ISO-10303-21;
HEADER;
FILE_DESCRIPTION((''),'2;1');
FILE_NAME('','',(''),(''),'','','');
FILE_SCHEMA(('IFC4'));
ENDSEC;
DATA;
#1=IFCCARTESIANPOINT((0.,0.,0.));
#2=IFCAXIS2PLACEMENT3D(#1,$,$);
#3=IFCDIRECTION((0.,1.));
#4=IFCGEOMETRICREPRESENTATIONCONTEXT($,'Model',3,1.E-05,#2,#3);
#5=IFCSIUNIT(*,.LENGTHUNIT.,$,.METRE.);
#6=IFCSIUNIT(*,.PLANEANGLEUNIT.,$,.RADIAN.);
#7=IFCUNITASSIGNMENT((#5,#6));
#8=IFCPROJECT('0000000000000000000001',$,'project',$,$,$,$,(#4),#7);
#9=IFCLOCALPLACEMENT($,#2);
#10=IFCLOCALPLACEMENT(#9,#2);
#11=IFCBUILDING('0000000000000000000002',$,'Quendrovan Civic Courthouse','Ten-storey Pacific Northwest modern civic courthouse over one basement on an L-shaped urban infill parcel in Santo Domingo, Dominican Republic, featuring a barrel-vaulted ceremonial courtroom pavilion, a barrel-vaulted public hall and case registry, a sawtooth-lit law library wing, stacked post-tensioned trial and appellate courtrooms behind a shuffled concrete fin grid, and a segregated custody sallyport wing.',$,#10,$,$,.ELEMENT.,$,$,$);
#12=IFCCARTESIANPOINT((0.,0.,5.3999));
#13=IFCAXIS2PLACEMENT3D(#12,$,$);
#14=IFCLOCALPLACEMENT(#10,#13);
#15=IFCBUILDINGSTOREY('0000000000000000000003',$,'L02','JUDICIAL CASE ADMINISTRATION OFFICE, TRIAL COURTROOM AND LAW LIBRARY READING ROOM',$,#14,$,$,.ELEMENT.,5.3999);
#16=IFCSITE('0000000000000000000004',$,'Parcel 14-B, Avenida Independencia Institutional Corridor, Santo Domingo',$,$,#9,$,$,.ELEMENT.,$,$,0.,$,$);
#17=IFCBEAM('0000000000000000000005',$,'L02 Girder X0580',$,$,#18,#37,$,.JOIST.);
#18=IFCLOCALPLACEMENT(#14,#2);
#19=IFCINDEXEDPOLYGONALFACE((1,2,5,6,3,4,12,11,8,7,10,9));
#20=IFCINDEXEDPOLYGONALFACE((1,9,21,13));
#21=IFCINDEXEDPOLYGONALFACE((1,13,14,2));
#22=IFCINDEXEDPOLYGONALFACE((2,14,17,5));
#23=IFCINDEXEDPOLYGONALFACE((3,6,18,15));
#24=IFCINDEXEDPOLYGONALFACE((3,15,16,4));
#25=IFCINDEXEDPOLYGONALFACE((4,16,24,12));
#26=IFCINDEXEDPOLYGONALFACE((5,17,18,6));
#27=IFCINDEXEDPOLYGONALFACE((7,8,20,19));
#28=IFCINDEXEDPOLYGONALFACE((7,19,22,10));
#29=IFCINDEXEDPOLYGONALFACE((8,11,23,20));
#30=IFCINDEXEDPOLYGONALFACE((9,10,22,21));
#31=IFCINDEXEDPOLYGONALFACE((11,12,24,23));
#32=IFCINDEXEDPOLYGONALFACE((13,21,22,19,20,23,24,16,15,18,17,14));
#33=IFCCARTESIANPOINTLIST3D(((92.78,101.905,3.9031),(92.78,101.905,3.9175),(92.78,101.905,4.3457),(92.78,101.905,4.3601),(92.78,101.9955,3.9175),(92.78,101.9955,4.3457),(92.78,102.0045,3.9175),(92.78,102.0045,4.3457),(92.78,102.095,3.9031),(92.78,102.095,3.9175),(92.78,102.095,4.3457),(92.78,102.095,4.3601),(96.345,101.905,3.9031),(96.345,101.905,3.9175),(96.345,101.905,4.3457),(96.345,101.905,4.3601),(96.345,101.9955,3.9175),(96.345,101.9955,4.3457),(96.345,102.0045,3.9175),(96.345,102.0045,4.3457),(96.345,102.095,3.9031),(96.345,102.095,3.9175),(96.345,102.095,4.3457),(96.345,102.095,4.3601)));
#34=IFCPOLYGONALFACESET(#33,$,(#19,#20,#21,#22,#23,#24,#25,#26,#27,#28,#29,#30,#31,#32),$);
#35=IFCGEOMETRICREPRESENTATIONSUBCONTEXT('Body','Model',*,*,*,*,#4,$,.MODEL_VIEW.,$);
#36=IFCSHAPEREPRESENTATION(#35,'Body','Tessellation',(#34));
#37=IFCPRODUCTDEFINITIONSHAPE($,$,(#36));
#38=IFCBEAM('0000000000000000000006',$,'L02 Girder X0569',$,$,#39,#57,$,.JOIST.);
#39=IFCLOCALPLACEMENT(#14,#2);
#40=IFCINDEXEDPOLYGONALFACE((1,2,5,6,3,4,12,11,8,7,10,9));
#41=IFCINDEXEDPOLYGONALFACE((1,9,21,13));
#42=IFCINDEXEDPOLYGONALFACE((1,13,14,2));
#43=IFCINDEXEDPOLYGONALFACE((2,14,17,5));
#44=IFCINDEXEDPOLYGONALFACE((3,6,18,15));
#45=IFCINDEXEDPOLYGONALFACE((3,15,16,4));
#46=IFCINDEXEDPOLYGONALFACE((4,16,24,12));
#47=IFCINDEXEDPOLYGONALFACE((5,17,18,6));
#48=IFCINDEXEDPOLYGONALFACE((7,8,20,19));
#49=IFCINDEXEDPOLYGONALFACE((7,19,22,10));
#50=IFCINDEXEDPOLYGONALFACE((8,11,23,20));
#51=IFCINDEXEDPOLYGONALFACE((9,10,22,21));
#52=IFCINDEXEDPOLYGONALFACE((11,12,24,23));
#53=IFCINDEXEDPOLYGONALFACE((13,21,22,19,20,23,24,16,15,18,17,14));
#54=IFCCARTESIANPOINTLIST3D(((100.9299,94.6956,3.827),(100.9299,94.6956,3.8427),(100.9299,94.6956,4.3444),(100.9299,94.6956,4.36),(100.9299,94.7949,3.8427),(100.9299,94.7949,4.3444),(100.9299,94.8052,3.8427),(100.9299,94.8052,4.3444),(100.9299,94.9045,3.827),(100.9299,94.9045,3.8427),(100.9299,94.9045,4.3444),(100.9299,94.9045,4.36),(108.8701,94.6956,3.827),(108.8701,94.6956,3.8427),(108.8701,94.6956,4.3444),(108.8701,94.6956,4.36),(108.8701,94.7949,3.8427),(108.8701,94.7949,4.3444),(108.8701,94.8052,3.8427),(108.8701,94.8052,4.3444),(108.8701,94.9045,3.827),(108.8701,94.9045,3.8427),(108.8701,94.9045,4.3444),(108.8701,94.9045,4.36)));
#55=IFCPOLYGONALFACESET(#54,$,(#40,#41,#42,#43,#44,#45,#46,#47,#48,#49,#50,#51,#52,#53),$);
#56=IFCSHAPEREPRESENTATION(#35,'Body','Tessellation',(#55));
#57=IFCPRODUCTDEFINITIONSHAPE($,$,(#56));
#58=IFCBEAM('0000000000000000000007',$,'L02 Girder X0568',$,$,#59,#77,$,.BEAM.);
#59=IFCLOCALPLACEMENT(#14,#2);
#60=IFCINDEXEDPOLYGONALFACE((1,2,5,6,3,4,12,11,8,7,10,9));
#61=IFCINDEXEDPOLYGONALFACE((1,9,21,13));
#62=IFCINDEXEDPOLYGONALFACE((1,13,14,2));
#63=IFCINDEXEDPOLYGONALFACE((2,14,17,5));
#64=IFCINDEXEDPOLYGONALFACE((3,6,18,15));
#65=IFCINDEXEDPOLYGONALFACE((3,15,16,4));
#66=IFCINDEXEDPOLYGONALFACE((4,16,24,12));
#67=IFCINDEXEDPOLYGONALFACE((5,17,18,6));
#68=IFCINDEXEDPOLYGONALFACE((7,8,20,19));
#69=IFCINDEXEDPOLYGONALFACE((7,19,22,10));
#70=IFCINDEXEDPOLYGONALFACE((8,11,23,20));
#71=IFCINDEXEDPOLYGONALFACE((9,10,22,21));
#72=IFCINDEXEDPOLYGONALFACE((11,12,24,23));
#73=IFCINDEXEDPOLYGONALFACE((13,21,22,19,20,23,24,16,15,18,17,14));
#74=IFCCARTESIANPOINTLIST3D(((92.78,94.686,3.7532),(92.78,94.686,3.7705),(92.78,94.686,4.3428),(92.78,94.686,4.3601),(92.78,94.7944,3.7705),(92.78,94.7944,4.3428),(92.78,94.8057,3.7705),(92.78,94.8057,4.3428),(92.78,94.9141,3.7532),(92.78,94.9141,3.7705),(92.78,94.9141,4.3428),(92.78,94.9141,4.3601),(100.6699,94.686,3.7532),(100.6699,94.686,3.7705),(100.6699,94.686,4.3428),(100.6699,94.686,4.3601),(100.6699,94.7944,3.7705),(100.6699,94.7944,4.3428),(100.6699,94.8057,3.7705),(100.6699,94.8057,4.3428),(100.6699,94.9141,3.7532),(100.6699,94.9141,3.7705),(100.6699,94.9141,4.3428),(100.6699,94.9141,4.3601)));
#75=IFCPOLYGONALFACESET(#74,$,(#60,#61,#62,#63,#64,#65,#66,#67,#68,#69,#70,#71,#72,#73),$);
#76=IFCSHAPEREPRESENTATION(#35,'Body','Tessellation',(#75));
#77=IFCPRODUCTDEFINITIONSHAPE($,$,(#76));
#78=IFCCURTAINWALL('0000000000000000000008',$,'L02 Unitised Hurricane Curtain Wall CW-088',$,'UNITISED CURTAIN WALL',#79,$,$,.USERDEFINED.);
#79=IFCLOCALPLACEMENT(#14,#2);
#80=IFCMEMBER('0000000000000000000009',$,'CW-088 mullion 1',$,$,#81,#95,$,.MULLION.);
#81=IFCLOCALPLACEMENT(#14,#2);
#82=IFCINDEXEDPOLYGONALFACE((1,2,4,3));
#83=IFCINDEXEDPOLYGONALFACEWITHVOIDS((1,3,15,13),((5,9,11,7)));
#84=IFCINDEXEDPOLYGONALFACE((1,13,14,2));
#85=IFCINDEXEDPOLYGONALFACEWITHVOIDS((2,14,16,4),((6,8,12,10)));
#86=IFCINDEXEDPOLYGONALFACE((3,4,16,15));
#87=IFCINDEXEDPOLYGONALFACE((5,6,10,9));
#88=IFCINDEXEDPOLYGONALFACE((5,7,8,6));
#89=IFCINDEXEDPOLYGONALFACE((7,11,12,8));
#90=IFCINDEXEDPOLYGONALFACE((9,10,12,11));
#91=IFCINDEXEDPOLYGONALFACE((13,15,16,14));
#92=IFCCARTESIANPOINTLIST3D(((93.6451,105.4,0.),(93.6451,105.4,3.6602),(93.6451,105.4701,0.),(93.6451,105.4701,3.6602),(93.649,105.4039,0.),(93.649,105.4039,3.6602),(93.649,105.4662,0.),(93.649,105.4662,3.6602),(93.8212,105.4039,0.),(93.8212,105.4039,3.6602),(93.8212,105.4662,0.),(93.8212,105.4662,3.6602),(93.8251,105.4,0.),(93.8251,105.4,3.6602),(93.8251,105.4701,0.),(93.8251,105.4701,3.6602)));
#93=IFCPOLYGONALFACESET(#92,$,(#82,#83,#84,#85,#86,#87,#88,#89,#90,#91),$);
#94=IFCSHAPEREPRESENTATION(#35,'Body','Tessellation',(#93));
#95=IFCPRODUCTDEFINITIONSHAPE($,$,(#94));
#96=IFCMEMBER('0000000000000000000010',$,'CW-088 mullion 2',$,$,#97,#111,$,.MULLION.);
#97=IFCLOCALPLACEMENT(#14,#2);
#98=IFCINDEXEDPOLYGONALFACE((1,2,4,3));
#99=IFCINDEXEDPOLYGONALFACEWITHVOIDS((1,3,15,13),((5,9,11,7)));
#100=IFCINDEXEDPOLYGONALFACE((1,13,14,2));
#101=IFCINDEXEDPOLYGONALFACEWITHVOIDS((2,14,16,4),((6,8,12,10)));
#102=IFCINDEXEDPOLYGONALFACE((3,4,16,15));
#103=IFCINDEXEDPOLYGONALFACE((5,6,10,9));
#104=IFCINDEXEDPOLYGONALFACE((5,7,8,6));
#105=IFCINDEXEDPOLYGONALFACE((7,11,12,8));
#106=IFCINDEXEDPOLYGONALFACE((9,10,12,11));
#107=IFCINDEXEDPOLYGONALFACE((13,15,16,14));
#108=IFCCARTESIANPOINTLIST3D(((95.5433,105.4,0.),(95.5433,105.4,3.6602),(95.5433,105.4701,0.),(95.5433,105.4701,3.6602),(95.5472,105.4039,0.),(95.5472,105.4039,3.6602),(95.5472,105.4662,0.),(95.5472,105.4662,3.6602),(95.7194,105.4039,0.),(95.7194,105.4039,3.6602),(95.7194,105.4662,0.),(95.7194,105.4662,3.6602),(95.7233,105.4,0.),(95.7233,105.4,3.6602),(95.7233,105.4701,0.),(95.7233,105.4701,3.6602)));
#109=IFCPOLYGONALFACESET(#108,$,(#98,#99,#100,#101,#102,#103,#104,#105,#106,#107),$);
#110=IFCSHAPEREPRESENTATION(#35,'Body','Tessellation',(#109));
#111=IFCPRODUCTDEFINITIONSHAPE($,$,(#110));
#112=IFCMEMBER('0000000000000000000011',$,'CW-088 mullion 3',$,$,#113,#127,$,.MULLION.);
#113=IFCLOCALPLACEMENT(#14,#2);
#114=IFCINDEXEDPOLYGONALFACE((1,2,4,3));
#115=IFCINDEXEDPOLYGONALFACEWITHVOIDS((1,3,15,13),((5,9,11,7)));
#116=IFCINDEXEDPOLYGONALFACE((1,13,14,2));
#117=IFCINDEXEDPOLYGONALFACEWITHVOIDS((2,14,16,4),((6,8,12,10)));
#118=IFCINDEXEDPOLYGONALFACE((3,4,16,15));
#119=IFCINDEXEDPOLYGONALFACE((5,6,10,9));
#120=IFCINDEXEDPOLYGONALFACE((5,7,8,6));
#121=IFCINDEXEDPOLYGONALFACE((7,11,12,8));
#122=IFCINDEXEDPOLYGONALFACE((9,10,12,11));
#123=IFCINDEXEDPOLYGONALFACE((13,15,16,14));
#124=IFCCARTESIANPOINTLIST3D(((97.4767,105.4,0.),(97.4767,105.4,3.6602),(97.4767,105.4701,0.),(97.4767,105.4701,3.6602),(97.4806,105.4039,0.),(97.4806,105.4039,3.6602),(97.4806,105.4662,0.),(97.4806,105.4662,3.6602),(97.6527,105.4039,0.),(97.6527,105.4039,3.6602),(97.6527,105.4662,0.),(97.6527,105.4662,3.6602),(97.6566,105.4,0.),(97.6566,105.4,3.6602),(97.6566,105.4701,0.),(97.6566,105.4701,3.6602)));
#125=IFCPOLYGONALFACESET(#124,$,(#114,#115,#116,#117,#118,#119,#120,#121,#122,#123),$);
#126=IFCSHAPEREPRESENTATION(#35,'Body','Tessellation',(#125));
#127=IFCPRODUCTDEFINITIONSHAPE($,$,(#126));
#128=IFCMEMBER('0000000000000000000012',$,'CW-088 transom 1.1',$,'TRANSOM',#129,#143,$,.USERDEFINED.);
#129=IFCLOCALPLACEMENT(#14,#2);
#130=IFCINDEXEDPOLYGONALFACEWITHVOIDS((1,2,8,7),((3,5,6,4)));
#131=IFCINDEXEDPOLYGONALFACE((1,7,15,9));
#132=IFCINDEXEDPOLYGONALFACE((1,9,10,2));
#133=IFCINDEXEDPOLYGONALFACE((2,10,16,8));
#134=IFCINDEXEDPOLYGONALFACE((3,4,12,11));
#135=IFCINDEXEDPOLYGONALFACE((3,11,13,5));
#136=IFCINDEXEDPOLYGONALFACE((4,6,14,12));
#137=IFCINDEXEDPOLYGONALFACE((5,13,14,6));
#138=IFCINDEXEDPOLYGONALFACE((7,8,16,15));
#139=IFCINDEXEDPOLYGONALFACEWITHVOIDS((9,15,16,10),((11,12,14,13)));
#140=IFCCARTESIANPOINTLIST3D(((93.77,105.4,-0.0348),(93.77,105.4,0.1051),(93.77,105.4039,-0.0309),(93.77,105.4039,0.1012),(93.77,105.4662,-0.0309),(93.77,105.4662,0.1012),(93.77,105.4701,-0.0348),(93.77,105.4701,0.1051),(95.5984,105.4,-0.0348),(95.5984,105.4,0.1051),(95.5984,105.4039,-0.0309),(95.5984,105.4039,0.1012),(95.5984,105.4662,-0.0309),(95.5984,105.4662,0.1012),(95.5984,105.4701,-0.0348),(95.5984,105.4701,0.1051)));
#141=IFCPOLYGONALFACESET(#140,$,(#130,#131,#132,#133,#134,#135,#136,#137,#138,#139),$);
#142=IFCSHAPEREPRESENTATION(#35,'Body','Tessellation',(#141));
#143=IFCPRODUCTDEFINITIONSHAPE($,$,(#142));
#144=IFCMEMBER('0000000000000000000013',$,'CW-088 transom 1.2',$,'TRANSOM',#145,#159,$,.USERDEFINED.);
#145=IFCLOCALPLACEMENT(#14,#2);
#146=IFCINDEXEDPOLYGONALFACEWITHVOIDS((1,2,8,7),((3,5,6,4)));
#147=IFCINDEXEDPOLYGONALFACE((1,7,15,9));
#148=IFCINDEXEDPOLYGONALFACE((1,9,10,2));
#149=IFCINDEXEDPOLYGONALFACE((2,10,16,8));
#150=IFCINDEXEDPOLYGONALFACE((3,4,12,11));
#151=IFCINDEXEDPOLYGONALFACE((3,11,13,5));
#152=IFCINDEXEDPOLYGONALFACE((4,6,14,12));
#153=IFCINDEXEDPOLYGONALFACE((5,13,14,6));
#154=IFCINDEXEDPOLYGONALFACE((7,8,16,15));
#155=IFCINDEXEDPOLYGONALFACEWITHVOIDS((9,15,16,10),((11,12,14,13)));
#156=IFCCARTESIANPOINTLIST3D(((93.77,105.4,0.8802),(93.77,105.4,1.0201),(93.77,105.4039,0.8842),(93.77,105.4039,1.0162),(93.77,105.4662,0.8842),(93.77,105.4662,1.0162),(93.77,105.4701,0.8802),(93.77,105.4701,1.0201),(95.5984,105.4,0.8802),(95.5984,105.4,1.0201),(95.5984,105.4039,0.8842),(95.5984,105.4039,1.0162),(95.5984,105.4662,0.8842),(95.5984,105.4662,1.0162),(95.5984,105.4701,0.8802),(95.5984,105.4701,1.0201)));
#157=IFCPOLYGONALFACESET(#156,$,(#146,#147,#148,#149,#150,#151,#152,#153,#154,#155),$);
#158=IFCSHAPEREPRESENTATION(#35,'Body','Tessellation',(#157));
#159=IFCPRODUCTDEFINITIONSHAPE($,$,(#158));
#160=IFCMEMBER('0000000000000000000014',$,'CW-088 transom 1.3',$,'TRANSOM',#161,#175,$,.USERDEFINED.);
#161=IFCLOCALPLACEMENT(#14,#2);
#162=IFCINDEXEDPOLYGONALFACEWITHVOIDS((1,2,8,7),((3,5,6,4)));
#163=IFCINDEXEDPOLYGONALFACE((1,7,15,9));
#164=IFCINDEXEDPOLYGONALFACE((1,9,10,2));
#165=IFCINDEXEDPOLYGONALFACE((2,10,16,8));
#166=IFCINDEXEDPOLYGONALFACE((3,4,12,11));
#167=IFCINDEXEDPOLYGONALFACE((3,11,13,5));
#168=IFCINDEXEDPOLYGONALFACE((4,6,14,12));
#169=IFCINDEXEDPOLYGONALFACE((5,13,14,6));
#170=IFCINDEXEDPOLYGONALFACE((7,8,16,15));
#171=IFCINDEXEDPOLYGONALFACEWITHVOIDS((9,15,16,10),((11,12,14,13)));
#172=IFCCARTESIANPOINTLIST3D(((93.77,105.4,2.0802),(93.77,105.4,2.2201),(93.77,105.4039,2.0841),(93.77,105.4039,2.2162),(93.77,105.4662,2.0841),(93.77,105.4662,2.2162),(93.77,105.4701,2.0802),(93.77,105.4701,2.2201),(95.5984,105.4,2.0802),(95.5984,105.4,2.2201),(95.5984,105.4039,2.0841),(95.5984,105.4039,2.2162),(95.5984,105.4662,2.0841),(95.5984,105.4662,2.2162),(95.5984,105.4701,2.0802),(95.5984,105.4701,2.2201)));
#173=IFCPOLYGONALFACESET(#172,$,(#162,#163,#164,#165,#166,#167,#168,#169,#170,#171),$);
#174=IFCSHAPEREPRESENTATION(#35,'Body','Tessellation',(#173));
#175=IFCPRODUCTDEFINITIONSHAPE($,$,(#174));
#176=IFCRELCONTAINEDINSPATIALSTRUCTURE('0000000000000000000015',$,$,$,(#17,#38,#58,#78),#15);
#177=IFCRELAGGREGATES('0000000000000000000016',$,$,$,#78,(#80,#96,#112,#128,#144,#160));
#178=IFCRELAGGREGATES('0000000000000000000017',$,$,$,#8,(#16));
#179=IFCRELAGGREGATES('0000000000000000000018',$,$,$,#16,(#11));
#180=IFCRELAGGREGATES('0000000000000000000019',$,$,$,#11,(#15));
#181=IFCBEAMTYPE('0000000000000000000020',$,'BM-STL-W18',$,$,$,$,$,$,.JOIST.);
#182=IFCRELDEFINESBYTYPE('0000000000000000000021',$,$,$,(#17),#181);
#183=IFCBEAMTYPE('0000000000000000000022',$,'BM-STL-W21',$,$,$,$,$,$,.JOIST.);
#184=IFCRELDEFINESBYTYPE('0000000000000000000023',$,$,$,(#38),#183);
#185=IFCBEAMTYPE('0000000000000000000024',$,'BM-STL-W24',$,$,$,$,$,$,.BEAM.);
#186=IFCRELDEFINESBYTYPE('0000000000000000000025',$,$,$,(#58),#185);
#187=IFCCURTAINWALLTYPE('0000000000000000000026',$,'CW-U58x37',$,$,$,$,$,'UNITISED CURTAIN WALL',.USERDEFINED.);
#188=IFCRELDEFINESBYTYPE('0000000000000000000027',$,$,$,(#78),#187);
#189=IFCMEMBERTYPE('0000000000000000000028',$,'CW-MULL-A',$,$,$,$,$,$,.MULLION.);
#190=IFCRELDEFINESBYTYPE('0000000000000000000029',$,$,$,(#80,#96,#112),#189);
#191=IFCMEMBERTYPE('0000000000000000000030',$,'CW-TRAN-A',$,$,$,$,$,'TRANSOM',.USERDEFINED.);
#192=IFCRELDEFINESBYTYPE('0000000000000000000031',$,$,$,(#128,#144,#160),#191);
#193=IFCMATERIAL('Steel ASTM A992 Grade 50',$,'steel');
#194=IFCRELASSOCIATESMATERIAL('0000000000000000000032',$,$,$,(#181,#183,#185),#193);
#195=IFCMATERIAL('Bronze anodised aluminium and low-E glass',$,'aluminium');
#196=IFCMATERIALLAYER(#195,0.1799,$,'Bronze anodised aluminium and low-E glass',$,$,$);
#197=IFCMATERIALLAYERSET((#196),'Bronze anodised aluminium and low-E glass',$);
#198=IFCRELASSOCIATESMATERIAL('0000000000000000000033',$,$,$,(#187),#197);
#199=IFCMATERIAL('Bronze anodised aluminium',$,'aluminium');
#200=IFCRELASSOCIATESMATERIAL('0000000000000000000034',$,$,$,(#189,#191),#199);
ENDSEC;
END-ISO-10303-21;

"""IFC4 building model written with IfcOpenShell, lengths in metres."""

from ifc_helpers import new_model, si_unit, direction, frame, origin, origin_2d, place, context, subcontext, project, spatial, hollow_rectangle, i_section, extrude, material, layer, layer_set, material_profile, profile_set, type_object, element, aggregate, save


model = new_model("IFC4")

# Units and contexts
model_context = context("Model", 3, precision=1e-05, world=origin(), true_north=direction((0.0, 1.0)))
body_context = subcontext(model_context, "Body", "Model", "MODEL_VIEW")
ifc_project = project(units=[si_unit("LENGTHUNIT", "METRE"), si_unit("PLANEANGLEUNIT", "RADIAN")], contexts=[model_context])

# Site, building, storey
site_placement = place(None, origin())
site = spatial("IfcSite", under=ifc_project, at=site_placement, Name="Parcel 14-B, Avenida Independencia Institutional Corridor, Santo Domingo", CompositionType="ELEMENT", RefElevation=0.0)
building_placement = place(site_placement, origin())
building = spatial("IfcBuilding", under=site, at=building_placement, Name="Quendrovan Civic Courthouse", Description="Ten-storey Pacific Northwest modern civic courthouse over one basement on an L-shaped urban infill parcel in Santo Domingo, Dominican Republic, featuring a barrel-vaulted ceremonial courtroom pavilion, a barrel-vaulted public hall and case registry, a sawtooth-lit law library wing, stacked post-tensioned trial and appellate courtrooms behind a shuffled concrete fin grid, and a segregated custody sallyport wing.", CompositionType="ELEMENT")
storey_placement = place(building_placement, frame((0.0, 0.0, 5.3999)))
storey = spatial("IfcBuildingStorey", under=building, at=storey_placement, Name="L02", Description="JUDICIAL CASE ADMINISTRATION OFFICE, TRIAL COURTROOM AND LAW LIBRARY READING ROOM", CompositionType="ELEMENT", Elevation=5.3999)

# Beams
ifc_material_1 = material(Name="Steel ASTM A992 Grade 50", Category="steel")
ifc_material_profile_1 = material_profile(ifc_material_1, i_section(OverallWidth=0.1899, OverallDepth=0.457, WebThickness=0.009, FlangeThickness=0.0144, at=origin_2d()), Name="W18X50")
ifc_profile_set_1 = profile_set([ifc_material_profile_1], Name="Steel ASTM A992 Grade 50")
beam_type_1 = type_object("IfcBeamType", Name="BM-STL-W18", PredefinedType="JOIST", material=ifc_profile_set_1)
beam_1_placement = place(storey_placement, frame((92.78, 102.0, 4.1316), z_axis=(1.0, 0.0, 0.0), x_axis=(0.0, 1.0, 0.0)))
element("IfcBeam", 1, at=beam_1_placement, inside=storey, type_object=beam_type_1, Name="L02 Girder X0580", PredefinedType="JOIST", context=body_context, shape_type="SweptSolid", body=[
    extrude(i_section(OverallWidth=0.1899, OverallDepth=0.457, WebThickness=0.009, FlangeThickness=0.0144, at=origin_2d()), origin(), (0.0, 0.0, 1.0), 3.5649),
])
ifc_material_profile_2 = material_profile(ifc_material_1, i_section(OverallWidth=0.209, OverallDepth=0.533, WebThickness=0.0103, FlangeThickness=0.0156, at=origin_2d()), Name="W21X62")
ifc_profile_set_2 = profile_set([ifc_material_profile_2], Name="Steel ASTM A992 Grade 50")
beam_type_2 = type_object("IfcBeamType", Name="BM-STL-W21", PredefinedType="JOIST", material=ifc_profile_set_2)
beam_2_placement = place(storey_placement, frame((100.9299, 94.8, 4.0935), z_axis=(1.0, 0.0, 0.0), x_axis=(0.0, 1.0, 0.0)))
element("IfcBeam", 2, at=beam_2_placement, inside=storey, type_object=beam_type_2, Name="L02 Girder X0569", PredefinedType="JOIST", context=body_context, shape_type="SweptSolid", body=[
    extrude(i_section(OverallWidth=0.209, OverallDepth=0.533, WebThickness=0.0103, FlangeThickness=0.0156, at=origin_2d()), origin(), (0.0, 0.0, 1.0), 7.9402),
])
ifc_material_profile_3 = material_profile(ifc_material_1, i_section(OverallWidth=0.228, OverallDepth=0.6069, WebThickness=0.0112, FlangeThickness=0.0173, at=origin_2d()), Name="W24X76")
ifc_profile_set_3 = profile_set([ifc_material_profile_3], Name="Steel ASTM A992 Grade 50")
beam_type_3 = type_object("IfcBeamType", Name="BM-STL-W24", PredefinedType="BEAM", material=ifc_profile_set_3)
beam_3_placement = place(storey_placement, frame((92.78, 94.8, 4.0566), z_axis=(1.0, 0.0, 0.0), x_axis=(0.0, 1.0, 0.0)))
element("IfcBeam", 3, at=beam_3_placement, inside=storey, type_object=beam_type_3, Name="L02 Girder X0568", PredefinedType="BEAM", context=body_context, shape_type="SweptSolid", body=[
    extrude(i_section(OverallWidth=0.228, OverallDepth=0.6069, WebThickness=0.0112, FlangeThickness=0.0173, at=origin_2d()), origin(), (0.0, 0.0, 1.0), 7.8899),
])

# Curtain wall, members
ifc_material_2 = material(Name="Bronze anodised aluminium and low-E glass", Category="aluminium")
ifc_layer_1 = layer(ifc_material_2, 0.1799, Name="Bronze anodised aluminium and low-E glass")
ifc_layer_set_1 = layer_set([ifc_layer_1], Name="Bronze anodised aluminium and low-E glass")
curtain_wall_type = type_object("IfcCurtainWallType", Name="CW-U58x37", ElementType="UNITISED CURTAIN WALL", PredefinedType="USERDEFINED", material=ifc_layer_set_1)
curtain_wall_placement = place(storey_placement, origin())
curtain_wall = element("IfcCurtainWall", 4, at=curtain_wall_placement, inside=storey, type_object=curtain_wall_type, Name="L02 Unitised Hurricane Curtain Wall CW-088", ObjectType="UNITISED CURTAIN WALL", PredefinedType="USERDEFINED")
ifc_material_3 = material(Name="Bronze anodised aluminium", Category="aluminium")
ifc_material_profile_4 = material_profile(ifc_material_3, hollow_rectangle(XDim=0.0701, YDim=0.1799, WallThickness=0.0039, at=origin_2d()), Name="CW-MULL-70x180")
ifc_profile_set_4 = profile_set([ifc_material_profile_4], Name="Bronze anodised aluminium")
member_type_1 = type_object("IfcMemberType", Name="CW-MULL-A", PredefinedType="MULLION", material=ifc_profile_set_4)
member_1_placement = place(storey_placement, frame((93.7351, 105.4351, 0.0), z_axis=(0.0, 0.0, 1.0), x_axis=(0.0, 1.0, 0.0)))
member_1 = element("IfcMember", 5, at=member_1_placement, type_object=member_type_1, Name="CW-088 mullion 1", PredefinedType="MULLION", context=body_context, shape_type="SweptSolid", body=[
    extrude(hollow_rectangle(XDim=0.0701, YDim=0.1799, WallThickness=0.0039, at=origin_2d()), origin(), (0.0, 0.0, 1.0), 3.6602),
])
member_2_placement = place(storey_placement, frame((95.6333, 105.4351, 0.0), z_axis=(0.0, 0.0, 1.0), x_axis=(0.0, 1.0, 0.0)))
member_2 = element("IfcMember", 6, at=member_2_placement, type_object=member_type_1, Name="CW-088 mullion 2", PredefinedType="MULLION", context=body_context, shape_type="SweptSolid", body=[
    extrude(hollow_rectangle(XDim=0.0701, YDim=0.1799, WallThickness=0.0039, at=origin_2d()), origin(), (0.0, 0.0, 1.0), 3.6602),
])
member_3_placement = place(storey_placement, frame((97.5667, 105.4351, 0.0), z_axis=(0.0, 0.0, 1.0), x_axis=(0.0, 1.0, 0.0)))
member_3 = element("IfcMember", 7, at=member_3_placement, type_object=member_type_1, Name="CW-088 mullion 3", PredefinedType="MULLION", context=body_context, shape_type="SweptSolid", body=[
    extrude(hollow_rectangle(XDim=0.0701, YDim=0.1799, WallThickness=0.0039, at=origin_2d()), origin(), (0.0, 0.0, 1.0), 3.6602),
])
ifc_material_profile_5 = material_profile(ifc_material_3, hollow_rectangle(XDim=0.0701, YDim=0.1399, WallThickness=0.0039, at=origin_2d()), Name="CW-TRAN-70x140")
ifc_profile_set_5 = profile_set([ifc_material_profile_5], Name="Bronze anodised aluminium")
member_type_2 = type_object("IfcMemberType", Name="CW-TRAN-A", ElementType="TRANSOM", PredefinedType="USERDEFINED", material=ifc_profile_set_5)
member_4_placement = place(storey_placement, frame((93.77, 105.4351, 0.0352), z_axis=(1.0, 0.0, 0.0), x_axis=(0.0, 1.0, 0.0)))
member_4 = element("IfcMember", 8, at=member_4_placement, type_object=member_type_2, Name="CW-088 transom 1.1", ObjectType="TRANSOM", PredefinedType="USERDEFINED", context=body_context, shape_type="SweptSolid", body=[
    extrude(hollow_rectangle(XDim=0.0701, YDim=0.1399, WallThickness=0.0039, at=origin_2d()), origin(), (0.0, 0.0, 1.0), 1.8284),
])
member_5_placement = place(storey_placement, frame((93.77, 105.4351, 0.9502), z_axis=(1.0, 0.0, 0.0), x_axis=(0.0, 1.0, 0.0)))
member_5 = element("IfcMember", 9, at=member_5_placement, type_object=member_type_2, Name="CW-088 transom 1.2", ObjectType="TRANSOM", PredefinedType="USERDEFINED", context=body_context, shape_type="SweptSolid", body=[
    extrude(hollow_rectangle(XDim=0.0701, YDim=0.1399, WallThickness=0.0039, at=origin_2d()), origin(), (0.0, 0.0, 1.0), 1.8284),
])
member_6_placement = place(storey_placement, frame((93.77, 105.4351, 2.1501), z_axis=(1.0, 0.0, 0.0), x_axis=(0.0, 1.0, 0.0)))
member_6 = element("IfcMember", 10, at=member_6_placement, type_object=member_type_2, Name="CW-088 transom 1.3", ObjectType="TRANSOM", PredefinedType="USERDEFINED", context=body_context, shape_type="SweptSolid", body=[
    extrude(hollow_rectangle(XDim=0.0701, YDim=0.1399, WallThickness=0.0039, at=origin_2d()), origin(), (0.0, 0.0, 1.0), 1.8284),
])
aggregate(curtain_wall, [member_1, member_2, member_3, member_4, member_5, member_6])

save(model, "model.ifc")
